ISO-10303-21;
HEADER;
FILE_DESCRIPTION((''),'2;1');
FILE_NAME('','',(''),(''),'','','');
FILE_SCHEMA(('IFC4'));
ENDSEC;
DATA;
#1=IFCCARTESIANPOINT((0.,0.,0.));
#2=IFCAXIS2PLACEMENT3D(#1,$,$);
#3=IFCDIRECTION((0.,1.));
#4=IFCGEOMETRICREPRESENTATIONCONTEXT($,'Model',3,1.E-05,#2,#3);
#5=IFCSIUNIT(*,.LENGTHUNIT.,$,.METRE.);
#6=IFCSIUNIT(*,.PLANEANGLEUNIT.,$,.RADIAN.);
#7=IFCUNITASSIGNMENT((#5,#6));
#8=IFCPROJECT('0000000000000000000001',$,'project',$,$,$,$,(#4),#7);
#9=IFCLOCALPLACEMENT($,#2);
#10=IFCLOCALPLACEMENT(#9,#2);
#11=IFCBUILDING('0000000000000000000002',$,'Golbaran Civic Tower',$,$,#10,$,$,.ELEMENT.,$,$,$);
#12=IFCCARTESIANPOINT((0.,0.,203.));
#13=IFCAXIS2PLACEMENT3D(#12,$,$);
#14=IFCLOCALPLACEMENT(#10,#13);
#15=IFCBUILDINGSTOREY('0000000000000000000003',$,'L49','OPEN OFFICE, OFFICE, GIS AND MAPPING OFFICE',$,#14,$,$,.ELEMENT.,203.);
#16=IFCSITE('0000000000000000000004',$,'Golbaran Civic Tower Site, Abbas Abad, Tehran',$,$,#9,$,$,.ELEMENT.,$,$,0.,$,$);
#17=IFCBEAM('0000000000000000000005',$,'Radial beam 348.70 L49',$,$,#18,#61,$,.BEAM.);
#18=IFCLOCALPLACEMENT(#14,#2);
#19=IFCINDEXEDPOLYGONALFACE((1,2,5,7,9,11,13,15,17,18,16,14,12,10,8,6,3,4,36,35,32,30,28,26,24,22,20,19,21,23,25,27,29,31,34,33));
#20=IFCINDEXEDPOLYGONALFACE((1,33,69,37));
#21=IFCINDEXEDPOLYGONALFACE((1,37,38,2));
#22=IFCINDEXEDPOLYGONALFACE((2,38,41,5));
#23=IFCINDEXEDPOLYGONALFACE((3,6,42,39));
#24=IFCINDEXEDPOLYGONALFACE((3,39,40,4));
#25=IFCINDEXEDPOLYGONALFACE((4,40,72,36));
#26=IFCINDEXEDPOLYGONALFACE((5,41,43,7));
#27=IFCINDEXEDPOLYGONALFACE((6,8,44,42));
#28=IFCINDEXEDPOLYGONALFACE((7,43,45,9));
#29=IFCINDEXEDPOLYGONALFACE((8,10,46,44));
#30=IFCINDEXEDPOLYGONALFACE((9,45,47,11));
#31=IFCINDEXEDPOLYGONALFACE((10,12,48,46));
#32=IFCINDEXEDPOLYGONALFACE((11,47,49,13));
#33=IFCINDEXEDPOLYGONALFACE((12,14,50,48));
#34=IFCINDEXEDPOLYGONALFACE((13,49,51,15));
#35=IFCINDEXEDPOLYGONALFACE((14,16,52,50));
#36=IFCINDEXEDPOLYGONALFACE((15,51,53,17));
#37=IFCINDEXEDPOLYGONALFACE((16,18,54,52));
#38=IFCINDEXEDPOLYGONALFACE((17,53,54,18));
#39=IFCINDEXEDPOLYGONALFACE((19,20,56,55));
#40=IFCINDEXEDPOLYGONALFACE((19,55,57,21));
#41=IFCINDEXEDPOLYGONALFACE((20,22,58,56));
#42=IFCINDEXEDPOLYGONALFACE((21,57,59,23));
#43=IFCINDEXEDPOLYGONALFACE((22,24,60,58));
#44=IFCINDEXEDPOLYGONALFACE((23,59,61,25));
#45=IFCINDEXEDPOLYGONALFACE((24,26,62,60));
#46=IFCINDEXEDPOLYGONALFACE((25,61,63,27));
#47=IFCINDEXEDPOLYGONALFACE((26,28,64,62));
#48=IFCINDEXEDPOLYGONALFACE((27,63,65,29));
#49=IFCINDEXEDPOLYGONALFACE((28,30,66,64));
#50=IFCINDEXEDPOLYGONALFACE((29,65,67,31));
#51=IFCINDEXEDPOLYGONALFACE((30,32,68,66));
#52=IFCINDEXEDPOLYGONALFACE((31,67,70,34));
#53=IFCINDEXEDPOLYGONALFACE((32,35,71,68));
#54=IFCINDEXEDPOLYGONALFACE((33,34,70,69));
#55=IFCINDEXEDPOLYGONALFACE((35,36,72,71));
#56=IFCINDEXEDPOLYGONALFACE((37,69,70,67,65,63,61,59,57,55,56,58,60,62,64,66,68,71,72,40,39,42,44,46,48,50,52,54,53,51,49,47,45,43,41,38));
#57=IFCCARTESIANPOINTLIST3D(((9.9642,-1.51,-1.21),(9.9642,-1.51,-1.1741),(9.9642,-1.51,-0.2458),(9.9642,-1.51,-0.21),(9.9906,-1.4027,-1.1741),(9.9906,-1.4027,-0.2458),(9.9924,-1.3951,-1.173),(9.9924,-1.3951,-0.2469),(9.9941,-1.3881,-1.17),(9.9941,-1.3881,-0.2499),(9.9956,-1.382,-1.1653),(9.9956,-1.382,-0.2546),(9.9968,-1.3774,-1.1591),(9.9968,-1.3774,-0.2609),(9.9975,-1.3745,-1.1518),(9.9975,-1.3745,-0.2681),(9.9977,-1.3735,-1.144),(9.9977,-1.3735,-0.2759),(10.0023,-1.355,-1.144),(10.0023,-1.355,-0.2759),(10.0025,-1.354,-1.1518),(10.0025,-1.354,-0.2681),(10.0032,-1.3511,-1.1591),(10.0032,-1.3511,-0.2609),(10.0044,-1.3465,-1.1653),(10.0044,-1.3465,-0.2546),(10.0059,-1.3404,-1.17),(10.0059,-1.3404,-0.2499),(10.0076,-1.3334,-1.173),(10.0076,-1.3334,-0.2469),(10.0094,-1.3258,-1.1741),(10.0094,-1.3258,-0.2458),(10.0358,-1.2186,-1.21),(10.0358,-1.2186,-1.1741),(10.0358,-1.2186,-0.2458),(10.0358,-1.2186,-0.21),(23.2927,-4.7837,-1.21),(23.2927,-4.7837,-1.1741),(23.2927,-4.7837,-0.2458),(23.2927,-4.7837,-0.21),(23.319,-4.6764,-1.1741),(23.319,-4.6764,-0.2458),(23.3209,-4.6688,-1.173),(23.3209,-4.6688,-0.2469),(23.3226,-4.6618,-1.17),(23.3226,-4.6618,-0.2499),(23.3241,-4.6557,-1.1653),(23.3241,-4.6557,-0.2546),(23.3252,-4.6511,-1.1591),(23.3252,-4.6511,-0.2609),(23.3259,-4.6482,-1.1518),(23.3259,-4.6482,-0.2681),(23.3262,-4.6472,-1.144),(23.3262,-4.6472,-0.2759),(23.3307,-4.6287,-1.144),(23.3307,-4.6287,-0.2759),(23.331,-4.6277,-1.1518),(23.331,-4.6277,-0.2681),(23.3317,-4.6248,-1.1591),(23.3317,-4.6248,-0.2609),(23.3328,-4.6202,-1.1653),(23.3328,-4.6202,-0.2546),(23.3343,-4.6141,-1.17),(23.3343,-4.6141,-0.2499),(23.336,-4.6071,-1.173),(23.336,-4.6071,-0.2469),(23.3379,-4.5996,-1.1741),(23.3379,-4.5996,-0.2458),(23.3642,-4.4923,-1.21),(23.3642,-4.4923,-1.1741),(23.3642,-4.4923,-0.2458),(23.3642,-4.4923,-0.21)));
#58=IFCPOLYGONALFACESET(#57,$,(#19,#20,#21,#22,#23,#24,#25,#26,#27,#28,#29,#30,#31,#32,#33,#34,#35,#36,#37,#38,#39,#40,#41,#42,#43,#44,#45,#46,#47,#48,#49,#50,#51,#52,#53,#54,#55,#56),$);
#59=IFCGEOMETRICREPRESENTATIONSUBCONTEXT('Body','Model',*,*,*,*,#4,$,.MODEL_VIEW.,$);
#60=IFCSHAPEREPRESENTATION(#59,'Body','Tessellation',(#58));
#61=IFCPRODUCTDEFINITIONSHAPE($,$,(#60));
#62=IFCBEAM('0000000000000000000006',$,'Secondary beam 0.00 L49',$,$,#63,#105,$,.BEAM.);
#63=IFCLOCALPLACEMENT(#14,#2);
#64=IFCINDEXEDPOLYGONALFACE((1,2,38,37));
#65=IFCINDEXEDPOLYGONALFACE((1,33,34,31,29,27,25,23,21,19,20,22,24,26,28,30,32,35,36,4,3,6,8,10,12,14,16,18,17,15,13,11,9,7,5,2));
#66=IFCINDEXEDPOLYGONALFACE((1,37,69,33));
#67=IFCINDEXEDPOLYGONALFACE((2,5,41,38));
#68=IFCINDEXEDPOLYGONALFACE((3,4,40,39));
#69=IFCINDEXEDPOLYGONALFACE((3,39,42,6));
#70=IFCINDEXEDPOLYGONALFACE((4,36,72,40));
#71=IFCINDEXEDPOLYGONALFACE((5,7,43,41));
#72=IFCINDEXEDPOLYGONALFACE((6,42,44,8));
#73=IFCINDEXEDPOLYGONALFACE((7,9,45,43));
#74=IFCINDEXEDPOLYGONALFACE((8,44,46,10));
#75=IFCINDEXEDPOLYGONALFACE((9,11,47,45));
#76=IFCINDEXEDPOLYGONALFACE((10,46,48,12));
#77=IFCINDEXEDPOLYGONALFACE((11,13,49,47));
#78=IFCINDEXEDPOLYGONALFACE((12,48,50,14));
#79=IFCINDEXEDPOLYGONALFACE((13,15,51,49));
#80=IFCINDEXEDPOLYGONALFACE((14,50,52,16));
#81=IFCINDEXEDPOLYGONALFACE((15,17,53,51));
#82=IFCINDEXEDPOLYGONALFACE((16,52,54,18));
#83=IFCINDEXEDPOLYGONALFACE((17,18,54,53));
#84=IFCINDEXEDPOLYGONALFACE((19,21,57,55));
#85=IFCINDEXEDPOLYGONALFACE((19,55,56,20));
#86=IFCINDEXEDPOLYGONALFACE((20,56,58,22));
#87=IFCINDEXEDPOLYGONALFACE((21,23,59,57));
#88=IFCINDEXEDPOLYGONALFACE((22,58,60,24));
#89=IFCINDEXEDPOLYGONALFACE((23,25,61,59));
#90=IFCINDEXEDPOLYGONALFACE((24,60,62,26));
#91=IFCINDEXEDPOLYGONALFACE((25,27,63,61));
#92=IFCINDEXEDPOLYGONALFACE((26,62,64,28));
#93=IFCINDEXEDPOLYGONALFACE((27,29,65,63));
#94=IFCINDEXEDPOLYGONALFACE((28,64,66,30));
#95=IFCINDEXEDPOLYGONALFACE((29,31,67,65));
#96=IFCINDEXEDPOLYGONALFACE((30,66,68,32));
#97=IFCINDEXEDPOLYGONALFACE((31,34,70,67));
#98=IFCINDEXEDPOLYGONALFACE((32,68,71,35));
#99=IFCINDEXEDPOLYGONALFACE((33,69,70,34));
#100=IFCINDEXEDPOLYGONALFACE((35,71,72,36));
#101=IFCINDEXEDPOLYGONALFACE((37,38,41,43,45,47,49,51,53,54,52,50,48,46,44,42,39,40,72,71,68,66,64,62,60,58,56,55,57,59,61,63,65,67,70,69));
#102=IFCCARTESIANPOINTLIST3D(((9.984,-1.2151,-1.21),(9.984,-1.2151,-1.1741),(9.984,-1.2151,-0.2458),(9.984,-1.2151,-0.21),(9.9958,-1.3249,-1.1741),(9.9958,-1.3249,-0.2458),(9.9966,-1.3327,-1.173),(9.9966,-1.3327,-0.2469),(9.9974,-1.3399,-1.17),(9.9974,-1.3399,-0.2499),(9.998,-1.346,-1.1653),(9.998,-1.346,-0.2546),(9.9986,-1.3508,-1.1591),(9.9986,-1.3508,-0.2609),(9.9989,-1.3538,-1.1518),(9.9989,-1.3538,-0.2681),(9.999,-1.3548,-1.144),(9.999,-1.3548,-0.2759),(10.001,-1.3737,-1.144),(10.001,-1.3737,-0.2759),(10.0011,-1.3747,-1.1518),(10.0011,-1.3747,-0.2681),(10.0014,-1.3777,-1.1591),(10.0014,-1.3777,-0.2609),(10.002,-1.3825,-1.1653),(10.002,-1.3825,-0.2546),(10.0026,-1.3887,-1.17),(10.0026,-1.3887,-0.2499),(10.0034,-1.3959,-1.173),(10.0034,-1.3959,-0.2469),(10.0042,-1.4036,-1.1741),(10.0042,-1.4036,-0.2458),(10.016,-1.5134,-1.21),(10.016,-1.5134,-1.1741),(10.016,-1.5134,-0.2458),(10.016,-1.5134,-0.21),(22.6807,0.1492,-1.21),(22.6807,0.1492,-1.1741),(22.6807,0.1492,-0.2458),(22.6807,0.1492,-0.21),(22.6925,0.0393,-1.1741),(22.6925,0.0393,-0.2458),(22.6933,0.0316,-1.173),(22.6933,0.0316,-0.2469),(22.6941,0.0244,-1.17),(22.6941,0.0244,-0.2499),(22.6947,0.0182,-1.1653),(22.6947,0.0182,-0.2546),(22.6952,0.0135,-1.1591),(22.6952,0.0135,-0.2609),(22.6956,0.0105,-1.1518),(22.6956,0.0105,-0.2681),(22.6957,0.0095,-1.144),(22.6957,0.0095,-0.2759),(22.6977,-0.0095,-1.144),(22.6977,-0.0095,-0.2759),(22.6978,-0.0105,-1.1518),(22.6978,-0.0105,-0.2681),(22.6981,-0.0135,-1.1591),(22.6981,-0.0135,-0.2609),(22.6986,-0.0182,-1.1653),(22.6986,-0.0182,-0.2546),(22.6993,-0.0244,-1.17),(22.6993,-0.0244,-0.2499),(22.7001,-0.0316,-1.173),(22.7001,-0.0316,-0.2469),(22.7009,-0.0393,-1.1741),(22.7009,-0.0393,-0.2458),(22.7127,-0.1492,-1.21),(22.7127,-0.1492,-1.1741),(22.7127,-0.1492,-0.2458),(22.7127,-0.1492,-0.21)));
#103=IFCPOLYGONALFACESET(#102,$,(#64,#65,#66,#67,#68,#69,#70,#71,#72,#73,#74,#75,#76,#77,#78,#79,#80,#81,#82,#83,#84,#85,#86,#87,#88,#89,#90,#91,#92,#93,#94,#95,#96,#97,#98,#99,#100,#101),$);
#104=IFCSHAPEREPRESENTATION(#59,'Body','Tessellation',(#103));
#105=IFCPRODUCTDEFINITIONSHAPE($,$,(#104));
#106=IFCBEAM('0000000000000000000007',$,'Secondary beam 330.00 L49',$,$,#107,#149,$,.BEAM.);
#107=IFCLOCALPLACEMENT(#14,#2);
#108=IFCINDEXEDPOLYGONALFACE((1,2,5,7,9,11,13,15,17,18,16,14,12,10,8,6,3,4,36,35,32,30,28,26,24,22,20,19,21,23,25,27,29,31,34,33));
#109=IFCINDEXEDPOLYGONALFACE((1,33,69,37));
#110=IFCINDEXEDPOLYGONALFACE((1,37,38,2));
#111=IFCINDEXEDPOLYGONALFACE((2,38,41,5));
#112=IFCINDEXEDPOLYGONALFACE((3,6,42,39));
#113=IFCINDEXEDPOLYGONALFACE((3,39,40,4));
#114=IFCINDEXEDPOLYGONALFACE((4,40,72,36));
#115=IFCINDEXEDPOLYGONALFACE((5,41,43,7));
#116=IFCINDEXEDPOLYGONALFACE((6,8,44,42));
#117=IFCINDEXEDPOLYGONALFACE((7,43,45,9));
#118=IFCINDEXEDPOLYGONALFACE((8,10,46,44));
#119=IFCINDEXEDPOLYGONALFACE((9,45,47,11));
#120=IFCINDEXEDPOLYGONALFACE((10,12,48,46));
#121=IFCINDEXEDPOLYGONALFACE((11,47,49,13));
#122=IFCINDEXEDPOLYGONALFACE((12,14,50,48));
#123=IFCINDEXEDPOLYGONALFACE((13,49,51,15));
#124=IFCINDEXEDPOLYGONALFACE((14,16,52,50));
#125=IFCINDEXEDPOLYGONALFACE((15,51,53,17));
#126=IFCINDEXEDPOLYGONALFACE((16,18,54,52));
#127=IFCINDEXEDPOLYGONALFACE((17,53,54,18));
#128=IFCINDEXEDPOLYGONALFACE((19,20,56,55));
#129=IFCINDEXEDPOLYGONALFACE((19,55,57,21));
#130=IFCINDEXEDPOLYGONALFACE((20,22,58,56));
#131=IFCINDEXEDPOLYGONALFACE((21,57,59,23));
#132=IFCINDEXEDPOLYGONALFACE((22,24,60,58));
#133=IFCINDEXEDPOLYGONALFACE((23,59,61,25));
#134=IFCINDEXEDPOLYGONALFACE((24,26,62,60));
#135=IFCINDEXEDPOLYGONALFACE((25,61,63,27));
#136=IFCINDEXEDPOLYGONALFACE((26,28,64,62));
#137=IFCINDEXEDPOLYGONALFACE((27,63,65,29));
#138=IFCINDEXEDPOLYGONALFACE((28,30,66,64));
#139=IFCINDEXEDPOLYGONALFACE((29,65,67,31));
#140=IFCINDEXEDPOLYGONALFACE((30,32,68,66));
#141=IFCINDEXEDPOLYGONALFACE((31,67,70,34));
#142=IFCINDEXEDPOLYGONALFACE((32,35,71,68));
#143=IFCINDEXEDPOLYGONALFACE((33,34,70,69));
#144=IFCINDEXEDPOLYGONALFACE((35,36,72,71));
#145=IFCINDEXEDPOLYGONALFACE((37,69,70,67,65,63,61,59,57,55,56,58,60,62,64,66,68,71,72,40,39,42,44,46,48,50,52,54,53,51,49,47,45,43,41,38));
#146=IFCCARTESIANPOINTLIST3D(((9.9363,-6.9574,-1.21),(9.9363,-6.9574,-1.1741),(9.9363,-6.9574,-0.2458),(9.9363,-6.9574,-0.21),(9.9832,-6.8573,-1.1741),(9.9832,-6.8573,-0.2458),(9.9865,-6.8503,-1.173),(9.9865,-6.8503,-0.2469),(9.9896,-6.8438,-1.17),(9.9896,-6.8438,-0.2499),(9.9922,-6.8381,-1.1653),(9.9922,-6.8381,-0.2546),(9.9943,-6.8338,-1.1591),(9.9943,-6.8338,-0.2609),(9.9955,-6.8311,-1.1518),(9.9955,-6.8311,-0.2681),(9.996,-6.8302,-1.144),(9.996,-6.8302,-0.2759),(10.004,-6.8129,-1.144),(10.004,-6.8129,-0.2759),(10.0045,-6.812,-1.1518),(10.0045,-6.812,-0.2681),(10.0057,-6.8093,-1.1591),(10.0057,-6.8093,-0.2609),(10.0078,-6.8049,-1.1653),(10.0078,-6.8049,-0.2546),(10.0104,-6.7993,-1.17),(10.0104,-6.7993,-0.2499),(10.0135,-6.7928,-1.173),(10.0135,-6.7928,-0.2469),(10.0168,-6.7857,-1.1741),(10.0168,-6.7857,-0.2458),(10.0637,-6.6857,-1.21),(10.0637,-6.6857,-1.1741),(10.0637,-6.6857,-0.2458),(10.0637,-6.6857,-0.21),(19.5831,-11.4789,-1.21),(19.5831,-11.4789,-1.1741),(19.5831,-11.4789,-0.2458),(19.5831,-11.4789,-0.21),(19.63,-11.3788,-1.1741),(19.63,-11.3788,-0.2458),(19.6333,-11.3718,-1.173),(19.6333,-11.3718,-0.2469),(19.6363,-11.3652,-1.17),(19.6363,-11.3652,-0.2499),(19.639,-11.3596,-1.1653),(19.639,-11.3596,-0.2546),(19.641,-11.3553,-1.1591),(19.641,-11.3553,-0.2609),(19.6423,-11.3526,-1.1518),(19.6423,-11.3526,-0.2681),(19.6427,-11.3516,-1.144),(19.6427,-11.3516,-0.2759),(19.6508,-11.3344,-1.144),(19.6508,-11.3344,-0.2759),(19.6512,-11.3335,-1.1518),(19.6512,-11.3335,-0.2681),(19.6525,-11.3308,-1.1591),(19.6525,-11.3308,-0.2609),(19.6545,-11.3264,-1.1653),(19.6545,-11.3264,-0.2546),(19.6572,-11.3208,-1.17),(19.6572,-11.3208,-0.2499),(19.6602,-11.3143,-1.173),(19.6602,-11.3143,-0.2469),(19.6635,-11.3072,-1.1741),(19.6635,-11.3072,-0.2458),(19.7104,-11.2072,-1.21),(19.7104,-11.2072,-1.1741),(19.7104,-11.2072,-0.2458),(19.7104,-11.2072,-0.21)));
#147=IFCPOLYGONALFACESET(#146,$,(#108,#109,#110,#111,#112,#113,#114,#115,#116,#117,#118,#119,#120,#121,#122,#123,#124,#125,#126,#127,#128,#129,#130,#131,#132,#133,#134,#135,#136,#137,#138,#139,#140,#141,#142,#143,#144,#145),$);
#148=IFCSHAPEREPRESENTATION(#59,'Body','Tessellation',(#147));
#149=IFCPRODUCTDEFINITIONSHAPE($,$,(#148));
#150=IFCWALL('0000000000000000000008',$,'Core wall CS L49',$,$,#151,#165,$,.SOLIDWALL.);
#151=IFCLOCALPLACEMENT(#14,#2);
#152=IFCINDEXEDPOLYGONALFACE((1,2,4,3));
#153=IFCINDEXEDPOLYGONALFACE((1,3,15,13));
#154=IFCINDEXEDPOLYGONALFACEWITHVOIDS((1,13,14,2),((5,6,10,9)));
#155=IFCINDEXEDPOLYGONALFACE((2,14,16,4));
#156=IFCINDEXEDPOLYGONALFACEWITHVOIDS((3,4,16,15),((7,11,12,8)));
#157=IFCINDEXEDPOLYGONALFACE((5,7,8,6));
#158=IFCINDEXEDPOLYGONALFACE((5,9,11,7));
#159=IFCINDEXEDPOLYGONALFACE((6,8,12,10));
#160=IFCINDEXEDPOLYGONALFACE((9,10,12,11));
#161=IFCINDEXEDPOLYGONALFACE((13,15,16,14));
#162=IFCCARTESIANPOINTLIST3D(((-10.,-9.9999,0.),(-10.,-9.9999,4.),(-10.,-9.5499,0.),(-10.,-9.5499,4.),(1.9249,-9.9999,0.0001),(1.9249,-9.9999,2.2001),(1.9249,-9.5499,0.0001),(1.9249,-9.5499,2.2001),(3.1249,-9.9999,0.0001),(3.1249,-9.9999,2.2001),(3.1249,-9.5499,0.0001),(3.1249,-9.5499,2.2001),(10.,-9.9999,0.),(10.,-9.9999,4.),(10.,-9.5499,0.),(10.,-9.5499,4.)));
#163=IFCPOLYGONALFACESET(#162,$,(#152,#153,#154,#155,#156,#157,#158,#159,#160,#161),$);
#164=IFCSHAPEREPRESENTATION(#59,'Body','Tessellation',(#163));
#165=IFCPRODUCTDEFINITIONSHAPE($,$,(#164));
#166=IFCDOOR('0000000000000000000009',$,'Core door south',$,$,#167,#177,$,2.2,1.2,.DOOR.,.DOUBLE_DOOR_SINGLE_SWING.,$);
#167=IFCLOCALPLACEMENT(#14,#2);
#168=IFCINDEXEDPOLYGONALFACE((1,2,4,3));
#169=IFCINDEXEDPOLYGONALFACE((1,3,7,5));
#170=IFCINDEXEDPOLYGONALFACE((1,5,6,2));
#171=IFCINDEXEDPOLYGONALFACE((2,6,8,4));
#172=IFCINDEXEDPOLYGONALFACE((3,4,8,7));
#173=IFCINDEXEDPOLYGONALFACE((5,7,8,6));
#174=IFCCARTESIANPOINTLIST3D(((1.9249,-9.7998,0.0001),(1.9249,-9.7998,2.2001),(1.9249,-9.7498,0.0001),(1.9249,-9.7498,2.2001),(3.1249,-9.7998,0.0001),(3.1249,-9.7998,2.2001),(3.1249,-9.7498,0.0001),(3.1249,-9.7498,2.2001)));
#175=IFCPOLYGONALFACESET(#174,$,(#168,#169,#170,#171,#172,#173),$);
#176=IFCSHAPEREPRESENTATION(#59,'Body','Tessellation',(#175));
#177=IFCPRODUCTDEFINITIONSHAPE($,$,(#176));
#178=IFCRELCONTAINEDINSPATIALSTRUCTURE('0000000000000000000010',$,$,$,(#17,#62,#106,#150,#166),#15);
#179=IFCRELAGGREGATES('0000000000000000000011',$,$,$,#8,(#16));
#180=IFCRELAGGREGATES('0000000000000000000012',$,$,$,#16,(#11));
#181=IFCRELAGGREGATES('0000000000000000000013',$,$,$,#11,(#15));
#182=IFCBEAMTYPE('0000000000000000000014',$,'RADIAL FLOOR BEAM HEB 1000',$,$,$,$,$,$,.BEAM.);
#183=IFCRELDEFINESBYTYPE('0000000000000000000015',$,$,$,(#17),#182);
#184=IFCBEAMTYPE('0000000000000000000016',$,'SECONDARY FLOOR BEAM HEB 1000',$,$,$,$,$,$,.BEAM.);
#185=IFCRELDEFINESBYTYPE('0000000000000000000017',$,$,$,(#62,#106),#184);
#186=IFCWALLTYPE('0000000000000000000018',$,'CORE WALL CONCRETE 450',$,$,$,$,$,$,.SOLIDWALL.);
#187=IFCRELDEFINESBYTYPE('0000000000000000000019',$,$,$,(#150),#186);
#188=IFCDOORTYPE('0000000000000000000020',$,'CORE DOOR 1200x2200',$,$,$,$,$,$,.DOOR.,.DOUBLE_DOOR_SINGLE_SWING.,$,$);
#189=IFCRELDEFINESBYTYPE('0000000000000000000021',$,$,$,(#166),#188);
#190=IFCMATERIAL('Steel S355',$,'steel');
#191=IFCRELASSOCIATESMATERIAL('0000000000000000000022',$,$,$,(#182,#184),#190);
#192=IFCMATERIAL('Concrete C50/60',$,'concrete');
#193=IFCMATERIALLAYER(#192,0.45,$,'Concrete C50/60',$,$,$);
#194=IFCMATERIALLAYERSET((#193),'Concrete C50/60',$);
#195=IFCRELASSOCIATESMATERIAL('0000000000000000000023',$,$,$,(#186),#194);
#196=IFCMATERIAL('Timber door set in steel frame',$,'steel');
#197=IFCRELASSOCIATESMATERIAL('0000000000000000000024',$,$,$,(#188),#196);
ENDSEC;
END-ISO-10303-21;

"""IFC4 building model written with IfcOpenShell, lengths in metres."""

from ifc_helpers import new_model, si_unit, direction, frame, frame_2d, origin, origin_2d, place, context, subcontext, project, spatial, rectangle, i_section, extrude, material, layer, layer_set, material_profile, profile_set, type_object, element, fill, save


model = new_model("IFC4")

# Units and contexts
model_context = context("Model", 3, precision=1e-05, world=origin(), true_north=direction((0.0, 1.0)))
body_context = subcontext(model_context, "Body", "Model", "MODEL_VIEW")
ifc_project = project(units=[si_unit("LENGTHUNIT", "METRE"), si_unit("PLANEANGLEUNIT", "RADIAN")], contexts=[model_context])

# Site, building, storey
site_placement = place(None, origin())
site = spatial("IfcSite", under=ifc_project, at=site_placement, Name="Golbaran Civic Tower Site, Abbas Abad, Tehran", CompositionType="ELEMENT", RefElevation=0.0)
building_placement = place(site_placement, origin())
building = spatial("IfcBuilding", under=site, at=building_placement, Name="Golbaran Civic Tower", CompositionType="ELEMENT")
storey_placement = place(building_placement, frame((0.0, 0.0, 203.0)))
storey = spatial("IfcBuildingStorey", under=building, at=storey_placement, Name="L49", Description="OPEN OFFICE, OFFICE, GIS AND MAPPING OFFICE", CompositionType="ELEMENT", Elevation=203.0)

# Beams
ifc_material_1 = material(Name="Steel S355", Category="steel")
ifc_material_profile_1 = material_profile(ifc_material_1, i_section(OverallWidth=0.3, OverallDepth=1.0, WebThickness=0.019, FlangeThickness=0.0359, FilletRadius=0.03, at=origin_2d()), Name="HEB 1000")
ifc_profile_set_1 = profile_set([ifc_material_profile_1], Name="Steel S355")
beam_type_1 = type_object("IfcBeamType", Name="RADIAL FLOOR BEAM HEB 1000", PredefinedType="BEAM", material=ifc_profile_set_1)
beam_1_placement = place(storey_placement, frame((10.0, -1.3643, -0.71), z_axis=(0.971136, -0.238528, 0.0), x_axis=(0.238528, 0.971136, 0.0)))
element("IfcBeam", 1, at=beam_1_placement, inside=storey, type_object=beam_type_1, Name="Radial beam 348.70 L49", PredefinedType="BEAM", context=body_context, shape_type="SweptSolid", body=[
    extrude(i_section(OverallWidth=0.3, OverallDepth=1.0, WebThickness=0.019, FlangeThickness=0.0359, FilletRadius=0.03, at=origin_2d()), origin(), (0.0, 0.0, 1.0), 13.7246),
])
ifc_material_profile_2 = material_profile(ifc_material_1, i_section(OverallWidth=0.3, OverallDepth=1.0, WebThickness=0.019, FlangeThickness=0.0359, FilletRadius=0.03, at=origin_2d()), Name="HEB 1000")
ifc_profile_set_2 = profile_set([ifc_material_profile_2], Name="Steel S355")
beam_type_2 = type_object("IfcBeamType", Name="SECONDARY FLOOR BEAM HEB 1000", PredefinedType="BEAM", material=ifc_profile_set_2)
beam_2_placement = place(storey_placement, frame((10.0, -1.3643, -0.71), z_axis=(0.994277, 0.106834, 0.0), x_axis=(-0.106834, 0.994277, 0.0)))
element("IfcBeam", 2, at=beam_2_placement, inside=storey, type_object=beam_type_2, Name="Secondary beam 0.00 L49", PredefinedType="BEAM", context=body_context, shape_type="SweptSolid", body=[
    extrude(i_section(OverallWidth=0.3, OverallDepth=1.0, WebThickness=0.019, FlangeThickness=0.0359, FilletRadius=0.03, at=origin_2d()), origin(), (0.0, 0.0, 1.0), 12.7698),
])
beam_3_placement = place(storey_placement, frame((10.0, -6.8215, -0.71), z_axis=(0.905474, -0.424402, 0.0), x_axis=(0.424402, 0.905474, 0.0)))
element("IfcBeam", 3, at=beam_3_placement, inside=storey, type_object=beam_type_2, Name="Secondary beam 330.00 L49", PredefinedType="BEAM", context=body_context, shape_type="SweptSolid", body=[
    extrude(i_section(OverallWidth=0.3, OverallDepth=1.0, WebThickness=0.019, FlangeThickness=0.0359, FilletRadius=0.03, at=origin_2d()), origin(), (0.0, 0.0, 1.0), 10.6538),
])

# Wall, opening, door
ifc_material_2 = material(Name="Concrete C50/60", Category="concrete")
ifc_layer_1 = layer(ifc_material_2, 0.45, Name="Concrete C50/60")
ifc_layer_set_1 = layer_set([ifc_layer_1], Name="Concrete C50/60")
wall_type_1 = type_object("IfcWallType", Name="CORE WALL CONCRETE 450", PredefinedType="SOLIDWALL", material=ifc_layer_set_1)
wall_1_placement = place(storey_placement, frame((10.0, -9.7749, 0.0), z_axis=(0.0, 0.0, 1.0), x_axis=(-1.0, 0.0, 0.0)))
wall_1 = element("IfcWall", 4, at=wall_1_placement, inside=storey, type_object=wall_type_1, Name="Core wall CS L49", PredefinedType="SOLIDWALL", context=body_context, shape_type="SweptSolid", body=[
    extrude(rectangle(XDim=20.0, YDim=0.45, at=frame_2d((10.0, 0.0))), origin(), (0.0, 0.0, 1.0), 4.0),
])
opening_1_placement = place(wall_1_placement, frame((6.875, 0.0, 0.0)))
opening_1 = element("IfcOpeningElement", 5, at=opening_1_placement, cuts=wall_1, PredefinedType="OPENING", context=body_context, shape_type="SweptSolid", body=[
    extrude(rectangle(XDim=1.2, YDim=2.2, at=frame_2d((0.6001, 1.1001))), frame((0.0, 0.2349, 0.0), z_axis=(0.0, -1.0, 0.0), x_axis=(1.0, 0.0, 0.0)), (0.0, 0.0, 1.0), 0.47),
])
ifc_material_3 = material(Name="Timber door set in steel frame", Category="steel")
door_type_1 = type_object("IfcDoorType", Name="CORE DOOR 1200x2200", OperationType="DOUBLE_DOOR_SINGLE_SWING", PredefinedType="DOOR", material=ifc_material_3)
door_1_placement = place(opening_1_placement, origin())
door_1 = element("IfcDoor", 6, at=door_1_placement, inside=storey, type_object=door_type_1, Name="Core door south", OperationType="DOUBLE_DOOR_SINGLE_SWING", OverallHeight=2.2, OverallWidth=1.2, PredefinedType="DOOR", context=body_context, shape_type="SweptSolid", body=[
    extrude(rectangle(XDim=1.2, YDim=2.2, at=frame_2d((0.6001, 1.1001))), frame((0.0, 0.0249, 0.0), z_axis=(0.0, -1.0, 0.0), x_axis=(1.0, 0.0, 0.0)), (0.0, 0.0, 1.0), 0.05),
])
fill(opening_1, door_1)

save(model, "model.ifc")
